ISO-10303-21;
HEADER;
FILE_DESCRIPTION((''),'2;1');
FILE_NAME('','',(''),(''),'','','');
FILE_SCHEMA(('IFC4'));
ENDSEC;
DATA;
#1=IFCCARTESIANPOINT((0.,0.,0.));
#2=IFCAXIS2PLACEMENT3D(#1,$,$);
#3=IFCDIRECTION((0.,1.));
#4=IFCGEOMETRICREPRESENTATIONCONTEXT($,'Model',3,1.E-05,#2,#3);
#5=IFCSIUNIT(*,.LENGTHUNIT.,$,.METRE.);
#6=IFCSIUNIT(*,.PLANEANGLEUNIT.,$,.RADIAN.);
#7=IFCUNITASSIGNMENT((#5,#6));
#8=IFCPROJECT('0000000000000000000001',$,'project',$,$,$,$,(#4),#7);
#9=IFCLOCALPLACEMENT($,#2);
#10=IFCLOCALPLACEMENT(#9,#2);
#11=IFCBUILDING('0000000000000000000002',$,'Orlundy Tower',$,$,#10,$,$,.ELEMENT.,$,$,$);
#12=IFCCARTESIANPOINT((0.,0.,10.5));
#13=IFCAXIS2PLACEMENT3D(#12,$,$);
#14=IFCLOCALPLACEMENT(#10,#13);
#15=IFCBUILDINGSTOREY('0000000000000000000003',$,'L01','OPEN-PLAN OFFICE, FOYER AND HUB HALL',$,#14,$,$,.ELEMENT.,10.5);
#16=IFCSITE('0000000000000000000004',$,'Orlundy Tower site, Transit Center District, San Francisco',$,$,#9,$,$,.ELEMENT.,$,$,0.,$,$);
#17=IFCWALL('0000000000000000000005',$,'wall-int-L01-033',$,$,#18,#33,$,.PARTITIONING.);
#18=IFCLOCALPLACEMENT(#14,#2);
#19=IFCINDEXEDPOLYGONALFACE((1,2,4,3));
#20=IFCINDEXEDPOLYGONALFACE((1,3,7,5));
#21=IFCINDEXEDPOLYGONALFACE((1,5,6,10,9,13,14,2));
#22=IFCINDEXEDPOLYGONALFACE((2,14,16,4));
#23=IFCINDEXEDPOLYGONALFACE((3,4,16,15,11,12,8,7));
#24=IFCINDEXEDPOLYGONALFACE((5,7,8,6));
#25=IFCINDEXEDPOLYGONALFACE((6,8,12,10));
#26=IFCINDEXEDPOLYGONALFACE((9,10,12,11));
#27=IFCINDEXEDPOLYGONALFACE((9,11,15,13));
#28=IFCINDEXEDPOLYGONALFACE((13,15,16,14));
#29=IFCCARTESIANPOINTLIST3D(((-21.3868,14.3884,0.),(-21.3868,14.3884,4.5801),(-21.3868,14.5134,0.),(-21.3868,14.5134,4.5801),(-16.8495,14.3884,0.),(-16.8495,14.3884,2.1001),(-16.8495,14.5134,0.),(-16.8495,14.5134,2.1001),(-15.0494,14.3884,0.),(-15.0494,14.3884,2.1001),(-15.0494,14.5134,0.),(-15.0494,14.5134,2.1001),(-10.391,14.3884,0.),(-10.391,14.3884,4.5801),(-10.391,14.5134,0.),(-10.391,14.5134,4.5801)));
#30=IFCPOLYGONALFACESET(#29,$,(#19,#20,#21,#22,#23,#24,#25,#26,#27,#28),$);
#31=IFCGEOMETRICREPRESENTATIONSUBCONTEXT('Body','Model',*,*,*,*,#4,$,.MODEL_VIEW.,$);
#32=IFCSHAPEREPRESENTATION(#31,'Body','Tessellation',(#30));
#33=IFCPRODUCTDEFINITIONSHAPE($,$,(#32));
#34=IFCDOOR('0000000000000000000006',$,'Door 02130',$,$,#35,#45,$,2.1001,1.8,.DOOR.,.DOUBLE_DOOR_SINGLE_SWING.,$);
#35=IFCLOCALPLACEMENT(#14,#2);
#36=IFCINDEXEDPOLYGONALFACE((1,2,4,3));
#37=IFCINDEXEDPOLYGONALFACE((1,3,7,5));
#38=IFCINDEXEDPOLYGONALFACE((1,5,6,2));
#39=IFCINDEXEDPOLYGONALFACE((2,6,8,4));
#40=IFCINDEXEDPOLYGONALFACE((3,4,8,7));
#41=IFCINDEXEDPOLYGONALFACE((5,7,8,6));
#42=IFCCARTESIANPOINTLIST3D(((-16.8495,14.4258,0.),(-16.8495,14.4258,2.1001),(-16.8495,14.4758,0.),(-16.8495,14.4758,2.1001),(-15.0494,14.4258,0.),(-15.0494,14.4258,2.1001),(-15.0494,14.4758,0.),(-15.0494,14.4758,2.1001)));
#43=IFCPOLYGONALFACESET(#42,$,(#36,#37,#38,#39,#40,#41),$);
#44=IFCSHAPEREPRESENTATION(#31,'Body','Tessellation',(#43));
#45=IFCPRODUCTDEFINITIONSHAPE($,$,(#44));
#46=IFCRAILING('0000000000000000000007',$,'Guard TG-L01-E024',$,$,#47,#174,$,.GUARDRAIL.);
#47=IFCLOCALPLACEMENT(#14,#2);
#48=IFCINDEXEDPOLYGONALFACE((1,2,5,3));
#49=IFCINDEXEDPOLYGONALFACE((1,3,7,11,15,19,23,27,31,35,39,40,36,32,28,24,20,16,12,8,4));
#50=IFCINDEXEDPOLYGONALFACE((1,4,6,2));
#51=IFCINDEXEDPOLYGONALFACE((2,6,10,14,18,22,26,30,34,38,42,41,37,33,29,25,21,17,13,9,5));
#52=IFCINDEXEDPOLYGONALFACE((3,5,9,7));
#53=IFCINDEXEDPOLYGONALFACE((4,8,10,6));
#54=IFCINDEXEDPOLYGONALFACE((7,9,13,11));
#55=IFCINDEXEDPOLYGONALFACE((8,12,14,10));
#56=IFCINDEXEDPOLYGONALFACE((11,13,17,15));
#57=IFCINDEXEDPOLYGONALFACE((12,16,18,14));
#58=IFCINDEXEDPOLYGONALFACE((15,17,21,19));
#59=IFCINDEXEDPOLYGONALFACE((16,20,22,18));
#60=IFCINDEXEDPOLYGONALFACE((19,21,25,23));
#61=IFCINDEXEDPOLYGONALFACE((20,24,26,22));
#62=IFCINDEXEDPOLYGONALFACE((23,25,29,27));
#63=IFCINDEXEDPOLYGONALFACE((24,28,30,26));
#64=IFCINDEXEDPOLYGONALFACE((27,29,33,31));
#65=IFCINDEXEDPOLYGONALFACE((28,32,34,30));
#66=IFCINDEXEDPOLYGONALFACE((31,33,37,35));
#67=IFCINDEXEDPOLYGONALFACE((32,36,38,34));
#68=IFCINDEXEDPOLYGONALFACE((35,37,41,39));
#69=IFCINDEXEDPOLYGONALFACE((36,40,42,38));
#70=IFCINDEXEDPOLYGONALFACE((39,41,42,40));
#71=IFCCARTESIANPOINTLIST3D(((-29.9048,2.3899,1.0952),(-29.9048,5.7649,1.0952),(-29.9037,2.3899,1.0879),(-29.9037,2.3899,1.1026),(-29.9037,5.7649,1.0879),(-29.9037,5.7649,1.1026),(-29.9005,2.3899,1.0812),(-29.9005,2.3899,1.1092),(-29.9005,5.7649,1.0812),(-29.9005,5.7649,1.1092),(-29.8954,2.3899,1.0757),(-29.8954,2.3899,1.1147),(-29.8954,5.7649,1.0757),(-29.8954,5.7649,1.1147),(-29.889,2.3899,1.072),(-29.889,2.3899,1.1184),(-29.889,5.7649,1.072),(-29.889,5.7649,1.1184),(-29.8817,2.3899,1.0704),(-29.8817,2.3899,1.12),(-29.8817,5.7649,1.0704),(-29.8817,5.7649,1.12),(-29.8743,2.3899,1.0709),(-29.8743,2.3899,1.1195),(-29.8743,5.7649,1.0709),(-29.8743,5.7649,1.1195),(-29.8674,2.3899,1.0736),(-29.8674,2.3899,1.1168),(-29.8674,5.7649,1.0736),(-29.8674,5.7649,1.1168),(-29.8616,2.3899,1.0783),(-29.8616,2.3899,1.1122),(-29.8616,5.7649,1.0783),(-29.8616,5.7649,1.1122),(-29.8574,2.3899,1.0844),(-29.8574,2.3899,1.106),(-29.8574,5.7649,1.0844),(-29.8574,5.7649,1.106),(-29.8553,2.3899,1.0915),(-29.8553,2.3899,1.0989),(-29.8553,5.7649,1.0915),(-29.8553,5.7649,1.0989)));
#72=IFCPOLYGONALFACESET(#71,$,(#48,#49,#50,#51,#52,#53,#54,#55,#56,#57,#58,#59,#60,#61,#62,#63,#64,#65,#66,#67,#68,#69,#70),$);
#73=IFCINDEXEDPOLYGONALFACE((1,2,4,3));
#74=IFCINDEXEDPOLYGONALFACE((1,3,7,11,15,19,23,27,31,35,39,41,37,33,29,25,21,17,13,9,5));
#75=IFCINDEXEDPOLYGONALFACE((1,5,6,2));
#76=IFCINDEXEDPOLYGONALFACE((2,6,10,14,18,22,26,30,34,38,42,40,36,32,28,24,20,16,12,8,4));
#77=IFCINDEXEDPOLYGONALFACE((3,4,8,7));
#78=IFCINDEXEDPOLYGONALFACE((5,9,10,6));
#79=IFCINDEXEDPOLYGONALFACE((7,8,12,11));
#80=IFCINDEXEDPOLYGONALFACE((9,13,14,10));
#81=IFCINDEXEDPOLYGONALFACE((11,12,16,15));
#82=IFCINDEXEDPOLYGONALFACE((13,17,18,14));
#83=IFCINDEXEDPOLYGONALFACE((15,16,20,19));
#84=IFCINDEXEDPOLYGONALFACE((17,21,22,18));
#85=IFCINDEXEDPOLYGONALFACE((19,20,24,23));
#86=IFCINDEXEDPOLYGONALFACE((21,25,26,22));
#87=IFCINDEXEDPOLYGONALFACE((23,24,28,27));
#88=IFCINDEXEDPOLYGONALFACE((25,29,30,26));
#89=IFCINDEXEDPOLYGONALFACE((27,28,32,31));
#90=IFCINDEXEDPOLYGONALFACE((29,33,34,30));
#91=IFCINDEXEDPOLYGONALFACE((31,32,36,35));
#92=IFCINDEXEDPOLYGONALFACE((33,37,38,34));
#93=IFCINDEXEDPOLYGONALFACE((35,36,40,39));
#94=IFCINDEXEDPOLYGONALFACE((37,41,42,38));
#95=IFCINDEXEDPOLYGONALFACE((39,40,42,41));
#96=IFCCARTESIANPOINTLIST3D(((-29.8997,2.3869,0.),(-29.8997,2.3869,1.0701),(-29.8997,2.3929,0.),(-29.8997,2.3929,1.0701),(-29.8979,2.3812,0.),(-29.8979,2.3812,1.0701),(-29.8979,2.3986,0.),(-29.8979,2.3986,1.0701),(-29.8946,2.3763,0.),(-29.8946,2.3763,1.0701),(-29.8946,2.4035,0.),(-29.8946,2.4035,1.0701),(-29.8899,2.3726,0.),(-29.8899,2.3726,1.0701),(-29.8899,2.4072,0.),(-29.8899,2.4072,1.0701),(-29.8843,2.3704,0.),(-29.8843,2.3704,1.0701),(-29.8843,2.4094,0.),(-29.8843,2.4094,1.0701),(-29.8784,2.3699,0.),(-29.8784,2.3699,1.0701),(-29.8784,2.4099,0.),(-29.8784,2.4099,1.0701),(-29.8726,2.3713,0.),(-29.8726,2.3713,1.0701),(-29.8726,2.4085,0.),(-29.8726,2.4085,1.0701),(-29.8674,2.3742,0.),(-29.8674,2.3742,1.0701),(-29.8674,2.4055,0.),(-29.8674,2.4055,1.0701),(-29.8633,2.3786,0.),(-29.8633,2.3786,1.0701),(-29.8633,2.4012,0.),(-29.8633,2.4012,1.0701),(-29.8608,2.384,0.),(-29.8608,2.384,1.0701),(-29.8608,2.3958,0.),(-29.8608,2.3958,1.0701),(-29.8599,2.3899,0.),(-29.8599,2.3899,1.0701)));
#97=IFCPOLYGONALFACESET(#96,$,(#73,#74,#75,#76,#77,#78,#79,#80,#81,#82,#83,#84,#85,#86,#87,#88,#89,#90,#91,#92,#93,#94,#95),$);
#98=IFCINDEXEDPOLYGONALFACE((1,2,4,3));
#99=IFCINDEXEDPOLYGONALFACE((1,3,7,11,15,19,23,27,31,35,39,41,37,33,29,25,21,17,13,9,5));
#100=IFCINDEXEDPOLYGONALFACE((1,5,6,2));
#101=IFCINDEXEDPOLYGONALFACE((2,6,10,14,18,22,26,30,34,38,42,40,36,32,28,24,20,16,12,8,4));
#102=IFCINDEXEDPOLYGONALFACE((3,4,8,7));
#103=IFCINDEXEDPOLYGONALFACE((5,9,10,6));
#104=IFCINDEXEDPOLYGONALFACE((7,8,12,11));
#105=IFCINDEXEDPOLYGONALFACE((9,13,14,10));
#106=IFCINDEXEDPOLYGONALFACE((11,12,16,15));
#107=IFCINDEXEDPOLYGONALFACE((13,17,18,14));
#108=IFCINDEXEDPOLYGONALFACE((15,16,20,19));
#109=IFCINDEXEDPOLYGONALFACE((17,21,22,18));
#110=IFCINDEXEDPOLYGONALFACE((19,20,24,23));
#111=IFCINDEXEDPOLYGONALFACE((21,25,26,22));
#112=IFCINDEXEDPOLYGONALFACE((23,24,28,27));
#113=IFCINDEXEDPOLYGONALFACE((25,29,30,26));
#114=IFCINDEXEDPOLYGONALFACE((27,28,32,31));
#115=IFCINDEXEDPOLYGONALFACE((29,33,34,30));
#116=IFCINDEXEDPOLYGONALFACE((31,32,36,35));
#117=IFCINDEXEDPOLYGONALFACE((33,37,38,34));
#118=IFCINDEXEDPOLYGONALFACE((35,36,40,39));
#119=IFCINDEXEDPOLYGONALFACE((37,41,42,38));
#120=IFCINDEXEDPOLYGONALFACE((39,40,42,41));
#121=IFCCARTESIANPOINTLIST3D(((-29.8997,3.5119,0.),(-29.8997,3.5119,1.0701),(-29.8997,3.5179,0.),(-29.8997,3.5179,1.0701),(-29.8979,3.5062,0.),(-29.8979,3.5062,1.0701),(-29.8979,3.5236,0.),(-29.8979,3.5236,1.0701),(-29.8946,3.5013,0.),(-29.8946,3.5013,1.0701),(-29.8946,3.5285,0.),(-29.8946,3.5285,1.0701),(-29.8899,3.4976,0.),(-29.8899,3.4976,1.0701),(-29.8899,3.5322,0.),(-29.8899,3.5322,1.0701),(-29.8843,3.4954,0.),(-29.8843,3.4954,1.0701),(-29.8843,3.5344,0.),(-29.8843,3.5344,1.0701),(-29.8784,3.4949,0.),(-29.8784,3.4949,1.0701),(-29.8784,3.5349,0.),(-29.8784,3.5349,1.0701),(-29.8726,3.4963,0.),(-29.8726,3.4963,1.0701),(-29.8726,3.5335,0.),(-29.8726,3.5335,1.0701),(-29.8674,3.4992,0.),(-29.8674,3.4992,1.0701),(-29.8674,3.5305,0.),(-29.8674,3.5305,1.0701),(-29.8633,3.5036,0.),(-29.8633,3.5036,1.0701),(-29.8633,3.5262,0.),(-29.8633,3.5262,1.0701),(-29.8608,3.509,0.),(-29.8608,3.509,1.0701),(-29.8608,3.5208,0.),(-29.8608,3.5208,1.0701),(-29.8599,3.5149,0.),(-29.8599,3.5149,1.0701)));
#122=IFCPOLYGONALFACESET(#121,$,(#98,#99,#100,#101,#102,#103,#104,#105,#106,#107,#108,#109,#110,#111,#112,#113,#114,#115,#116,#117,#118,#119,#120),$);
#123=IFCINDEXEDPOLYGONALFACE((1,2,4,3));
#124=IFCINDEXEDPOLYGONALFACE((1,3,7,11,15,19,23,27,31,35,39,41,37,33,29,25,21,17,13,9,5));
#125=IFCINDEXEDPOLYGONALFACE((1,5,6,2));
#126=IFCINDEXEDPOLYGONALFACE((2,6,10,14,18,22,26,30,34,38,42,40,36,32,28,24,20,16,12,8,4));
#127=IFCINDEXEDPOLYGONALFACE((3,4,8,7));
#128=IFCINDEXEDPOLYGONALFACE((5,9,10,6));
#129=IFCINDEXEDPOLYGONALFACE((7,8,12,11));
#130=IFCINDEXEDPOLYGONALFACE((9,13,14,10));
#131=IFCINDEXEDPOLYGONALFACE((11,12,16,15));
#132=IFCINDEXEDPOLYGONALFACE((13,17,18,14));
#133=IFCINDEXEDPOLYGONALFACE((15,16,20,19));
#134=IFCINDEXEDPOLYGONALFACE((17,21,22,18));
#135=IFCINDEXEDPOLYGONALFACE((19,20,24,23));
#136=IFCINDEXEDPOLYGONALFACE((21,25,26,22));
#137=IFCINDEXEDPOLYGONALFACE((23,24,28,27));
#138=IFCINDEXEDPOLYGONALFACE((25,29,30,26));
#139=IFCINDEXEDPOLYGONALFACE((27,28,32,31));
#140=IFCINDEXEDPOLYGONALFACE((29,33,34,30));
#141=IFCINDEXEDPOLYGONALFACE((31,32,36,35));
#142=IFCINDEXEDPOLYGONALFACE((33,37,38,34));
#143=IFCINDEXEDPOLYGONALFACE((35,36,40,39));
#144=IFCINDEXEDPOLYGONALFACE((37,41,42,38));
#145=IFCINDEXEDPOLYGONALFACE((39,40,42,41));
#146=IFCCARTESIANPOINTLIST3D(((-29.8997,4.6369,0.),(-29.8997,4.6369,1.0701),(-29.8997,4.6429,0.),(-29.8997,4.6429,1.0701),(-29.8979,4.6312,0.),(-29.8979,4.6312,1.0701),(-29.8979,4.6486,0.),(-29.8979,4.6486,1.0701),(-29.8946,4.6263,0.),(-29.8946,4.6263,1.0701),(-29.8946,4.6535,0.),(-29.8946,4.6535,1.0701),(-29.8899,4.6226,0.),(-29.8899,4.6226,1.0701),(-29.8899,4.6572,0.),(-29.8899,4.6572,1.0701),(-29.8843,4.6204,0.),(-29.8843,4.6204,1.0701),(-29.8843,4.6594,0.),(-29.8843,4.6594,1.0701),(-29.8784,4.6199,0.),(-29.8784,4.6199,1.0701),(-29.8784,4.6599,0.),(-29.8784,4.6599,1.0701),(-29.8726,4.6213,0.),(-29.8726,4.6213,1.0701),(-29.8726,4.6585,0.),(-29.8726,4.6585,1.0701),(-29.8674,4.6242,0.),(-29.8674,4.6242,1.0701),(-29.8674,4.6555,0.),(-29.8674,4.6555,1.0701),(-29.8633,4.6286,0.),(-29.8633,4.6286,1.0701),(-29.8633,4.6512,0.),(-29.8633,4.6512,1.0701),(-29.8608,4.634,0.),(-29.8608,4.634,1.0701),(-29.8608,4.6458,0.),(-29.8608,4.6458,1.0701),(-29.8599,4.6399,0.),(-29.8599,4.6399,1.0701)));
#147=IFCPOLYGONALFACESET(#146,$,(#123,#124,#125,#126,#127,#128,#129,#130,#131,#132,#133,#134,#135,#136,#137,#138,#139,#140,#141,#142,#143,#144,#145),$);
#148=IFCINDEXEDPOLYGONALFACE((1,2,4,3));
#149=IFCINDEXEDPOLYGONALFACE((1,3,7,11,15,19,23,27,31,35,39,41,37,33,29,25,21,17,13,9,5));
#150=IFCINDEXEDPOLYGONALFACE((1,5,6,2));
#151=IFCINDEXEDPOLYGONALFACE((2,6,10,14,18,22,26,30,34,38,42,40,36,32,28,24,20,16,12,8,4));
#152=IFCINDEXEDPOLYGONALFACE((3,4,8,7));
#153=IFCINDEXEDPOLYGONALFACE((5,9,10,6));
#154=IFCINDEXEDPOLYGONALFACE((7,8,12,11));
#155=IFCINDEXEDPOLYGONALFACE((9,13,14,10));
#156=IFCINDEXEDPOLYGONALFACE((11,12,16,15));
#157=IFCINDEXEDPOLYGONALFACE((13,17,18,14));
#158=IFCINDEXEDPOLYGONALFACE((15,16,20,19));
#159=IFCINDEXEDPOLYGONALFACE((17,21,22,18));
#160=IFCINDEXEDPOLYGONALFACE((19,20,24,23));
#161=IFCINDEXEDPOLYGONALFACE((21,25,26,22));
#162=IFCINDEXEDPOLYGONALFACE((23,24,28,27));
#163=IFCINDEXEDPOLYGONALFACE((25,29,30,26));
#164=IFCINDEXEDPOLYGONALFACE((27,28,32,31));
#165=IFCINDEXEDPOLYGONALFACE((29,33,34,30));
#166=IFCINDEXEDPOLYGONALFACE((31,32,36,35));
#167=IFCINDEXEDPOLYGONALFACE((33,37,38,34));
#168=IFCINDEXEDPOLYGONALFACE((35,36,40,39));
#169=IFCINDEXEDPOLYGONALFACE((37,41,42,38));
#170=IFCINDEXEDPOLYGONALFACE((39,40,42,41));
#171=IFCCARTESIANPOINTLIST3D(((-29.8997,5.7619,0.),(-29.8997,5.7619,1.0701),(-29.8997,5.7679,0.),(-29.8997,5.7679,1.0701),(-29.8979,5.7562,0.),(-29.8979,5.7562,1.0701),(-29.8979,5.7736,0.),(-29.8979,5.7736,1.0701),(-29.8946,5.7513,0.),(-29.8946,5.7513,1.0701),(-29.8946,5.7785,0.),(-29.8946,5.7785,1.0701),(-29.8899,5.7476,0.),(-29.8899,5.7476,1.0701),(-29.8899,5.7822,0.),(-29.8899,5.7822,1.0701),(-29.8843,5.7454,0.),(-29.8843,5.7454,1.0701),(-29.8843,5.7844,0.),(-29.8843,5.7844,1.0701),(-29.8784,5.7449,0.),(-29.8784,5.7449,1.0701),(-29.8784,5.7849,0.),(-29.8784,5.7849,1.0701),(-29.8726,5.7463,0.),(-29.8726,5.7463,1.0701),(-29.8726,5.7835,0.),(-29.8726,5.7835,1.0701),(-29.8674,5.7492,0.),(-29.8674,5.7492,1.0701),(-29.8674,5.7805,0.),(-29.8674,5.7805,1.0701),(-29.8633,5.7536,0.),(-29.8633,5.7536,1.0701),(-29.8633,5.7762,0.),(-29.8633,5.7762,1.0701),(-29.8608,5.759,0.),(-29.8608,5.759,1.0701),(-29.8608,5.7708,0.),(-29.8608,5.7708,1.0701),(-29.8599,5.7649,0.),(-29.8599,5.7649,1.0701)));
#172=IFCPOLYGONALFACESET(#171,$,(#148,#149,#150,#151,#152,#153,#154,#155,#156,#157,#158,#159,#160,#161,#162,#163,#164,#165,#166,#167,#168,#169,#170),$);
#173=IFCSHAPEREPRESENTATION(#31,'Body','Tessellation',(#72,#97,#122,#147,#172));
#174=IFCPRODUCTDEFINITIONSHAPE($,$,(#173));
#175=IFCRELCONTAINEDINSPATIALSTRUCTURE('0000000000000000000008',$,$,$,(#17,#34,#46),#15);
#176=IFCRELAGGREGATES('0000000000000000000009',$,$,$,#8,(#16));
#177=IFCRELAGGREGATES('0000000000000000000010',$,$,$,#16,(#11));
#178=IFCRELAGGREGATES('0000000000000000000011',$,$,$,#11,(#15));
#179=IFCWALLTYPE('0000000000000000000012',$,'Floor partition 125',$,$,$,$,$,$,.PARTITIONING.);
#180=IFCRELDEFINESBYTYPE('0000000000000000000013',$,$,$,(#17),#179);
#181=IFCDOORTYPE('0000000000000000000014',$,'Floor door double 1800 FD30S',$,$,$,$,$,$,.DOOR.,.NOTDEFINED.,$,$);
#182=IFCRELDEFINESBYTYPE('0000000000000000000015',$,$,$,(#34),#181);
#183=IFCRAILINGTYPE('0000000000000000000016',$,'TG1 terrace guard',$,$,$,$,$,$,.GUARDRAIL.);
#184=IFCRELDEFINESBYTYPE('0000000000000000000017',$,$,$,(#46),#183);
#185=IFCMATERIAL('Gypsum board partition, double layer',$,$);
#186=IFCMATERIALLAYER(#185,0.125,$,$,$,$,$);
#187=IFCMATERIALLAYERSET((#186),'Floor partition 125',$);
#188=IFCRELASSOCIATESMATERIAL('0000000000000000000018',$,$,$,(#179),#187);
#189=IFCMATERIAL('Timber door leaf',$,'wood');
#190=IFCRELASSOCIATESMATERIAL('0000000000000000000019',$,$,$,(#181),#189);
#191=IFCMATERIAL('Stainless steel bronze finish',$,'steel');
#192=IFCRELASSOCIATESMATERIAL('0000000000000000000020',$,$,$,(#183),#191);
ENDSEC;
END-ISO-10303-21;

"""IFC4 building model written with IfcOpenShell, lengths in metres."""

from ifc_helpers import new_model, si_unit, direction, frame, frame_2d, origin, origin_2d, place, context, subcontext, project, spatial, rectangle, circle, extrude, material, layer, layer_set, type_object, element, fill, save


model = new_model("IFC4")

# Units and contexts
model_context = context("Model", 3, precision=1e-05, world=origin(), true_north=direction((0.0, 1.0)))
body_context = subcontext(model_context, "Body", "Model", "MODEL_VIEW")
ifc_project = project(units=[si_unit("LENGTHUNIT", "METRE"), si_unit("PLANEANGLEUNIT", "RADIAN")], contexts=[model_context])

# Site, building, storey
site_placement = place(None, origin())
site = spatial("IfcSite", under=ifc_project, at=site_placement, Name="Orlundy Tower site, Transit Center District, San Francisco", CompositionType="ELEMENT", RefElevation=0.0)
building_placement = place(site_placement, origin())
building = spatial("IfcBuilding", under=site, at=building_placement, Name="Orlundy Tower", CompositionType="ELEMENT")
storey_placement = place(building_placement, frame((0.0, 0.0, 10.5)))
storey = spatial("IfcBuildingStorey", under=building, at=storey_placement, Name="L01", Description="OPEN-PLAN OFFICE, FOYER AND HUB HALL", CompositionType="ELEMENT", Elevation=10.5)

# Wall, opening, door
ifc_material_1 = material(Name="Gypsum board partition, double layer")
ifc_layer_1 = layer(ifc_material_1, 0.125)
ifc_layer_set_1 = layer_set([ifc_layer_1], Name="Floor partition 125")
wall_type_1 = type_object("IfcWallType", Name="Floor partition 125", PredefinedType="PARTITIONING", material=ifc_layer_set_1)
wall_1_placement = place(storey_placement, frame((-21.387, 14.4509, 0.0), z_axis=(0.0, 0.0, 1.0), x_axis=(1.0, 0.0, 0.0)))
wall_1 = element("IfcWall", 1, at=wall_1_placement, inside=storey, type_object=wall_type_1, Name="wall-int-L01-033", PredefinedType="PARTITIONING", context=body_context, shape_type="SweptSolid", body=[
    extrude(rectangle(XDim=10.9958, YDim=0.125, at=frame_2d((5.498, 0.0))), origin(), (0.0, 0.0, 1.0), 4.5801),
])
opening_placement = place(wall_1_placement, frame((4.5376, 0.0, 0.0)))
opening = element("IfcOpeningElement", 2, at=opening_placement, cuts=wall_1, PredefinedType="OPENING", context=body_context, shape_type="SweptSolid", body=[
    extrude(rectangle(XDim=1.8, YDim=2.1001, at=frame_2d((0.8999, 1.05))), frame((0.0, 0.0725, 0.0), z_axis=(0.0, -1.0, 0.0), x_axis=(1.0, 0.0, 0.0)), (0.0, 0.0, 1.0), 0.145),
])
ifc_material_2 = material(Name="Timber door leaf", Category="wood")
door_type = type_object("IfcDoorType", Name="Floor door double 1800 FD30S", OperationType="NOTDEFINED", PredefinedType="DOOR", material=ifc_material_2)
door_placement = place(opening_placement, origin())
door = element("IfcDoor", 3, at=door_placement, inside=storey, type_object=door_type, Name="Door 02130", OperationType="DOUBLE_DOOR_SINGLE_SWING", OverallHeight=2.1001, OverallWidth=1.8, PredefinedType="DOOR", context=body_context, shape_type="SweptSolid", body=[
    extrude(rectangle(XDim=1.8, YDim=2.1001, at=frame_2d((0.8999, 1.05))), frame((0.0, 0.0249, 0.0), z_axis=(0.0, -1.0, 0.0), x_axis=(1.0, 0.0, 0.0)), (0.0, 0.0, 1.0), 0.05),
])
fill(opening, door)

# Railing
ifc_material_3 = material(Name="Stainless steel bronze finish", Category="steel")
railing_type = type_object("IfcRailingType", Name="TG1 terrace guard", PredefinedType="GUARDRAIL", material=ifc_material_3)
railing_1_placement = place(storey_placement, frame((-29.8799, 2.3899, 0.0)))
element("IfcRailing", 4, at=railing_1_placement, inside=storey, type_object=railing_type, Name="Guard TG-L01-E024", PredefinedType="GUARDRAIL", context=body_context, shape_type="SweptSolid", body=[
    extrude(circle(Radius=0.0249, at=origin_2d()), frame((0.0, 0.0, 1.0952), z_axis=(0.0, 1.0, 0.0), x_axis=(-1.0, 0.0, 0.0)), (0.0, 0.0, 1.0), 3.375),
    extrude(circle(Radius=0.02, at=origin_2d()), origin(), (0.0, 0.0, 1.0), 1.0701),
    extrude(circle(Radius=0.02, at=origin_2d()), frame((0.0, 1.125, 0.0)), (0.0, 0.0, 1.0), 1.0701),
    extrude(circle(Radius=0.02, at=origin_2d()), frame((0.0, 2.25, 0.0)), (0.0, 0.0, 1.0), 1.0701),
    extrude(circle(Radius=0.02, at=origin_2d()), frame((0.0, 3.375, 0.0)), (0.0, 0.0, 1.0), 1.0701),
])

save(model, "model.ifc")
